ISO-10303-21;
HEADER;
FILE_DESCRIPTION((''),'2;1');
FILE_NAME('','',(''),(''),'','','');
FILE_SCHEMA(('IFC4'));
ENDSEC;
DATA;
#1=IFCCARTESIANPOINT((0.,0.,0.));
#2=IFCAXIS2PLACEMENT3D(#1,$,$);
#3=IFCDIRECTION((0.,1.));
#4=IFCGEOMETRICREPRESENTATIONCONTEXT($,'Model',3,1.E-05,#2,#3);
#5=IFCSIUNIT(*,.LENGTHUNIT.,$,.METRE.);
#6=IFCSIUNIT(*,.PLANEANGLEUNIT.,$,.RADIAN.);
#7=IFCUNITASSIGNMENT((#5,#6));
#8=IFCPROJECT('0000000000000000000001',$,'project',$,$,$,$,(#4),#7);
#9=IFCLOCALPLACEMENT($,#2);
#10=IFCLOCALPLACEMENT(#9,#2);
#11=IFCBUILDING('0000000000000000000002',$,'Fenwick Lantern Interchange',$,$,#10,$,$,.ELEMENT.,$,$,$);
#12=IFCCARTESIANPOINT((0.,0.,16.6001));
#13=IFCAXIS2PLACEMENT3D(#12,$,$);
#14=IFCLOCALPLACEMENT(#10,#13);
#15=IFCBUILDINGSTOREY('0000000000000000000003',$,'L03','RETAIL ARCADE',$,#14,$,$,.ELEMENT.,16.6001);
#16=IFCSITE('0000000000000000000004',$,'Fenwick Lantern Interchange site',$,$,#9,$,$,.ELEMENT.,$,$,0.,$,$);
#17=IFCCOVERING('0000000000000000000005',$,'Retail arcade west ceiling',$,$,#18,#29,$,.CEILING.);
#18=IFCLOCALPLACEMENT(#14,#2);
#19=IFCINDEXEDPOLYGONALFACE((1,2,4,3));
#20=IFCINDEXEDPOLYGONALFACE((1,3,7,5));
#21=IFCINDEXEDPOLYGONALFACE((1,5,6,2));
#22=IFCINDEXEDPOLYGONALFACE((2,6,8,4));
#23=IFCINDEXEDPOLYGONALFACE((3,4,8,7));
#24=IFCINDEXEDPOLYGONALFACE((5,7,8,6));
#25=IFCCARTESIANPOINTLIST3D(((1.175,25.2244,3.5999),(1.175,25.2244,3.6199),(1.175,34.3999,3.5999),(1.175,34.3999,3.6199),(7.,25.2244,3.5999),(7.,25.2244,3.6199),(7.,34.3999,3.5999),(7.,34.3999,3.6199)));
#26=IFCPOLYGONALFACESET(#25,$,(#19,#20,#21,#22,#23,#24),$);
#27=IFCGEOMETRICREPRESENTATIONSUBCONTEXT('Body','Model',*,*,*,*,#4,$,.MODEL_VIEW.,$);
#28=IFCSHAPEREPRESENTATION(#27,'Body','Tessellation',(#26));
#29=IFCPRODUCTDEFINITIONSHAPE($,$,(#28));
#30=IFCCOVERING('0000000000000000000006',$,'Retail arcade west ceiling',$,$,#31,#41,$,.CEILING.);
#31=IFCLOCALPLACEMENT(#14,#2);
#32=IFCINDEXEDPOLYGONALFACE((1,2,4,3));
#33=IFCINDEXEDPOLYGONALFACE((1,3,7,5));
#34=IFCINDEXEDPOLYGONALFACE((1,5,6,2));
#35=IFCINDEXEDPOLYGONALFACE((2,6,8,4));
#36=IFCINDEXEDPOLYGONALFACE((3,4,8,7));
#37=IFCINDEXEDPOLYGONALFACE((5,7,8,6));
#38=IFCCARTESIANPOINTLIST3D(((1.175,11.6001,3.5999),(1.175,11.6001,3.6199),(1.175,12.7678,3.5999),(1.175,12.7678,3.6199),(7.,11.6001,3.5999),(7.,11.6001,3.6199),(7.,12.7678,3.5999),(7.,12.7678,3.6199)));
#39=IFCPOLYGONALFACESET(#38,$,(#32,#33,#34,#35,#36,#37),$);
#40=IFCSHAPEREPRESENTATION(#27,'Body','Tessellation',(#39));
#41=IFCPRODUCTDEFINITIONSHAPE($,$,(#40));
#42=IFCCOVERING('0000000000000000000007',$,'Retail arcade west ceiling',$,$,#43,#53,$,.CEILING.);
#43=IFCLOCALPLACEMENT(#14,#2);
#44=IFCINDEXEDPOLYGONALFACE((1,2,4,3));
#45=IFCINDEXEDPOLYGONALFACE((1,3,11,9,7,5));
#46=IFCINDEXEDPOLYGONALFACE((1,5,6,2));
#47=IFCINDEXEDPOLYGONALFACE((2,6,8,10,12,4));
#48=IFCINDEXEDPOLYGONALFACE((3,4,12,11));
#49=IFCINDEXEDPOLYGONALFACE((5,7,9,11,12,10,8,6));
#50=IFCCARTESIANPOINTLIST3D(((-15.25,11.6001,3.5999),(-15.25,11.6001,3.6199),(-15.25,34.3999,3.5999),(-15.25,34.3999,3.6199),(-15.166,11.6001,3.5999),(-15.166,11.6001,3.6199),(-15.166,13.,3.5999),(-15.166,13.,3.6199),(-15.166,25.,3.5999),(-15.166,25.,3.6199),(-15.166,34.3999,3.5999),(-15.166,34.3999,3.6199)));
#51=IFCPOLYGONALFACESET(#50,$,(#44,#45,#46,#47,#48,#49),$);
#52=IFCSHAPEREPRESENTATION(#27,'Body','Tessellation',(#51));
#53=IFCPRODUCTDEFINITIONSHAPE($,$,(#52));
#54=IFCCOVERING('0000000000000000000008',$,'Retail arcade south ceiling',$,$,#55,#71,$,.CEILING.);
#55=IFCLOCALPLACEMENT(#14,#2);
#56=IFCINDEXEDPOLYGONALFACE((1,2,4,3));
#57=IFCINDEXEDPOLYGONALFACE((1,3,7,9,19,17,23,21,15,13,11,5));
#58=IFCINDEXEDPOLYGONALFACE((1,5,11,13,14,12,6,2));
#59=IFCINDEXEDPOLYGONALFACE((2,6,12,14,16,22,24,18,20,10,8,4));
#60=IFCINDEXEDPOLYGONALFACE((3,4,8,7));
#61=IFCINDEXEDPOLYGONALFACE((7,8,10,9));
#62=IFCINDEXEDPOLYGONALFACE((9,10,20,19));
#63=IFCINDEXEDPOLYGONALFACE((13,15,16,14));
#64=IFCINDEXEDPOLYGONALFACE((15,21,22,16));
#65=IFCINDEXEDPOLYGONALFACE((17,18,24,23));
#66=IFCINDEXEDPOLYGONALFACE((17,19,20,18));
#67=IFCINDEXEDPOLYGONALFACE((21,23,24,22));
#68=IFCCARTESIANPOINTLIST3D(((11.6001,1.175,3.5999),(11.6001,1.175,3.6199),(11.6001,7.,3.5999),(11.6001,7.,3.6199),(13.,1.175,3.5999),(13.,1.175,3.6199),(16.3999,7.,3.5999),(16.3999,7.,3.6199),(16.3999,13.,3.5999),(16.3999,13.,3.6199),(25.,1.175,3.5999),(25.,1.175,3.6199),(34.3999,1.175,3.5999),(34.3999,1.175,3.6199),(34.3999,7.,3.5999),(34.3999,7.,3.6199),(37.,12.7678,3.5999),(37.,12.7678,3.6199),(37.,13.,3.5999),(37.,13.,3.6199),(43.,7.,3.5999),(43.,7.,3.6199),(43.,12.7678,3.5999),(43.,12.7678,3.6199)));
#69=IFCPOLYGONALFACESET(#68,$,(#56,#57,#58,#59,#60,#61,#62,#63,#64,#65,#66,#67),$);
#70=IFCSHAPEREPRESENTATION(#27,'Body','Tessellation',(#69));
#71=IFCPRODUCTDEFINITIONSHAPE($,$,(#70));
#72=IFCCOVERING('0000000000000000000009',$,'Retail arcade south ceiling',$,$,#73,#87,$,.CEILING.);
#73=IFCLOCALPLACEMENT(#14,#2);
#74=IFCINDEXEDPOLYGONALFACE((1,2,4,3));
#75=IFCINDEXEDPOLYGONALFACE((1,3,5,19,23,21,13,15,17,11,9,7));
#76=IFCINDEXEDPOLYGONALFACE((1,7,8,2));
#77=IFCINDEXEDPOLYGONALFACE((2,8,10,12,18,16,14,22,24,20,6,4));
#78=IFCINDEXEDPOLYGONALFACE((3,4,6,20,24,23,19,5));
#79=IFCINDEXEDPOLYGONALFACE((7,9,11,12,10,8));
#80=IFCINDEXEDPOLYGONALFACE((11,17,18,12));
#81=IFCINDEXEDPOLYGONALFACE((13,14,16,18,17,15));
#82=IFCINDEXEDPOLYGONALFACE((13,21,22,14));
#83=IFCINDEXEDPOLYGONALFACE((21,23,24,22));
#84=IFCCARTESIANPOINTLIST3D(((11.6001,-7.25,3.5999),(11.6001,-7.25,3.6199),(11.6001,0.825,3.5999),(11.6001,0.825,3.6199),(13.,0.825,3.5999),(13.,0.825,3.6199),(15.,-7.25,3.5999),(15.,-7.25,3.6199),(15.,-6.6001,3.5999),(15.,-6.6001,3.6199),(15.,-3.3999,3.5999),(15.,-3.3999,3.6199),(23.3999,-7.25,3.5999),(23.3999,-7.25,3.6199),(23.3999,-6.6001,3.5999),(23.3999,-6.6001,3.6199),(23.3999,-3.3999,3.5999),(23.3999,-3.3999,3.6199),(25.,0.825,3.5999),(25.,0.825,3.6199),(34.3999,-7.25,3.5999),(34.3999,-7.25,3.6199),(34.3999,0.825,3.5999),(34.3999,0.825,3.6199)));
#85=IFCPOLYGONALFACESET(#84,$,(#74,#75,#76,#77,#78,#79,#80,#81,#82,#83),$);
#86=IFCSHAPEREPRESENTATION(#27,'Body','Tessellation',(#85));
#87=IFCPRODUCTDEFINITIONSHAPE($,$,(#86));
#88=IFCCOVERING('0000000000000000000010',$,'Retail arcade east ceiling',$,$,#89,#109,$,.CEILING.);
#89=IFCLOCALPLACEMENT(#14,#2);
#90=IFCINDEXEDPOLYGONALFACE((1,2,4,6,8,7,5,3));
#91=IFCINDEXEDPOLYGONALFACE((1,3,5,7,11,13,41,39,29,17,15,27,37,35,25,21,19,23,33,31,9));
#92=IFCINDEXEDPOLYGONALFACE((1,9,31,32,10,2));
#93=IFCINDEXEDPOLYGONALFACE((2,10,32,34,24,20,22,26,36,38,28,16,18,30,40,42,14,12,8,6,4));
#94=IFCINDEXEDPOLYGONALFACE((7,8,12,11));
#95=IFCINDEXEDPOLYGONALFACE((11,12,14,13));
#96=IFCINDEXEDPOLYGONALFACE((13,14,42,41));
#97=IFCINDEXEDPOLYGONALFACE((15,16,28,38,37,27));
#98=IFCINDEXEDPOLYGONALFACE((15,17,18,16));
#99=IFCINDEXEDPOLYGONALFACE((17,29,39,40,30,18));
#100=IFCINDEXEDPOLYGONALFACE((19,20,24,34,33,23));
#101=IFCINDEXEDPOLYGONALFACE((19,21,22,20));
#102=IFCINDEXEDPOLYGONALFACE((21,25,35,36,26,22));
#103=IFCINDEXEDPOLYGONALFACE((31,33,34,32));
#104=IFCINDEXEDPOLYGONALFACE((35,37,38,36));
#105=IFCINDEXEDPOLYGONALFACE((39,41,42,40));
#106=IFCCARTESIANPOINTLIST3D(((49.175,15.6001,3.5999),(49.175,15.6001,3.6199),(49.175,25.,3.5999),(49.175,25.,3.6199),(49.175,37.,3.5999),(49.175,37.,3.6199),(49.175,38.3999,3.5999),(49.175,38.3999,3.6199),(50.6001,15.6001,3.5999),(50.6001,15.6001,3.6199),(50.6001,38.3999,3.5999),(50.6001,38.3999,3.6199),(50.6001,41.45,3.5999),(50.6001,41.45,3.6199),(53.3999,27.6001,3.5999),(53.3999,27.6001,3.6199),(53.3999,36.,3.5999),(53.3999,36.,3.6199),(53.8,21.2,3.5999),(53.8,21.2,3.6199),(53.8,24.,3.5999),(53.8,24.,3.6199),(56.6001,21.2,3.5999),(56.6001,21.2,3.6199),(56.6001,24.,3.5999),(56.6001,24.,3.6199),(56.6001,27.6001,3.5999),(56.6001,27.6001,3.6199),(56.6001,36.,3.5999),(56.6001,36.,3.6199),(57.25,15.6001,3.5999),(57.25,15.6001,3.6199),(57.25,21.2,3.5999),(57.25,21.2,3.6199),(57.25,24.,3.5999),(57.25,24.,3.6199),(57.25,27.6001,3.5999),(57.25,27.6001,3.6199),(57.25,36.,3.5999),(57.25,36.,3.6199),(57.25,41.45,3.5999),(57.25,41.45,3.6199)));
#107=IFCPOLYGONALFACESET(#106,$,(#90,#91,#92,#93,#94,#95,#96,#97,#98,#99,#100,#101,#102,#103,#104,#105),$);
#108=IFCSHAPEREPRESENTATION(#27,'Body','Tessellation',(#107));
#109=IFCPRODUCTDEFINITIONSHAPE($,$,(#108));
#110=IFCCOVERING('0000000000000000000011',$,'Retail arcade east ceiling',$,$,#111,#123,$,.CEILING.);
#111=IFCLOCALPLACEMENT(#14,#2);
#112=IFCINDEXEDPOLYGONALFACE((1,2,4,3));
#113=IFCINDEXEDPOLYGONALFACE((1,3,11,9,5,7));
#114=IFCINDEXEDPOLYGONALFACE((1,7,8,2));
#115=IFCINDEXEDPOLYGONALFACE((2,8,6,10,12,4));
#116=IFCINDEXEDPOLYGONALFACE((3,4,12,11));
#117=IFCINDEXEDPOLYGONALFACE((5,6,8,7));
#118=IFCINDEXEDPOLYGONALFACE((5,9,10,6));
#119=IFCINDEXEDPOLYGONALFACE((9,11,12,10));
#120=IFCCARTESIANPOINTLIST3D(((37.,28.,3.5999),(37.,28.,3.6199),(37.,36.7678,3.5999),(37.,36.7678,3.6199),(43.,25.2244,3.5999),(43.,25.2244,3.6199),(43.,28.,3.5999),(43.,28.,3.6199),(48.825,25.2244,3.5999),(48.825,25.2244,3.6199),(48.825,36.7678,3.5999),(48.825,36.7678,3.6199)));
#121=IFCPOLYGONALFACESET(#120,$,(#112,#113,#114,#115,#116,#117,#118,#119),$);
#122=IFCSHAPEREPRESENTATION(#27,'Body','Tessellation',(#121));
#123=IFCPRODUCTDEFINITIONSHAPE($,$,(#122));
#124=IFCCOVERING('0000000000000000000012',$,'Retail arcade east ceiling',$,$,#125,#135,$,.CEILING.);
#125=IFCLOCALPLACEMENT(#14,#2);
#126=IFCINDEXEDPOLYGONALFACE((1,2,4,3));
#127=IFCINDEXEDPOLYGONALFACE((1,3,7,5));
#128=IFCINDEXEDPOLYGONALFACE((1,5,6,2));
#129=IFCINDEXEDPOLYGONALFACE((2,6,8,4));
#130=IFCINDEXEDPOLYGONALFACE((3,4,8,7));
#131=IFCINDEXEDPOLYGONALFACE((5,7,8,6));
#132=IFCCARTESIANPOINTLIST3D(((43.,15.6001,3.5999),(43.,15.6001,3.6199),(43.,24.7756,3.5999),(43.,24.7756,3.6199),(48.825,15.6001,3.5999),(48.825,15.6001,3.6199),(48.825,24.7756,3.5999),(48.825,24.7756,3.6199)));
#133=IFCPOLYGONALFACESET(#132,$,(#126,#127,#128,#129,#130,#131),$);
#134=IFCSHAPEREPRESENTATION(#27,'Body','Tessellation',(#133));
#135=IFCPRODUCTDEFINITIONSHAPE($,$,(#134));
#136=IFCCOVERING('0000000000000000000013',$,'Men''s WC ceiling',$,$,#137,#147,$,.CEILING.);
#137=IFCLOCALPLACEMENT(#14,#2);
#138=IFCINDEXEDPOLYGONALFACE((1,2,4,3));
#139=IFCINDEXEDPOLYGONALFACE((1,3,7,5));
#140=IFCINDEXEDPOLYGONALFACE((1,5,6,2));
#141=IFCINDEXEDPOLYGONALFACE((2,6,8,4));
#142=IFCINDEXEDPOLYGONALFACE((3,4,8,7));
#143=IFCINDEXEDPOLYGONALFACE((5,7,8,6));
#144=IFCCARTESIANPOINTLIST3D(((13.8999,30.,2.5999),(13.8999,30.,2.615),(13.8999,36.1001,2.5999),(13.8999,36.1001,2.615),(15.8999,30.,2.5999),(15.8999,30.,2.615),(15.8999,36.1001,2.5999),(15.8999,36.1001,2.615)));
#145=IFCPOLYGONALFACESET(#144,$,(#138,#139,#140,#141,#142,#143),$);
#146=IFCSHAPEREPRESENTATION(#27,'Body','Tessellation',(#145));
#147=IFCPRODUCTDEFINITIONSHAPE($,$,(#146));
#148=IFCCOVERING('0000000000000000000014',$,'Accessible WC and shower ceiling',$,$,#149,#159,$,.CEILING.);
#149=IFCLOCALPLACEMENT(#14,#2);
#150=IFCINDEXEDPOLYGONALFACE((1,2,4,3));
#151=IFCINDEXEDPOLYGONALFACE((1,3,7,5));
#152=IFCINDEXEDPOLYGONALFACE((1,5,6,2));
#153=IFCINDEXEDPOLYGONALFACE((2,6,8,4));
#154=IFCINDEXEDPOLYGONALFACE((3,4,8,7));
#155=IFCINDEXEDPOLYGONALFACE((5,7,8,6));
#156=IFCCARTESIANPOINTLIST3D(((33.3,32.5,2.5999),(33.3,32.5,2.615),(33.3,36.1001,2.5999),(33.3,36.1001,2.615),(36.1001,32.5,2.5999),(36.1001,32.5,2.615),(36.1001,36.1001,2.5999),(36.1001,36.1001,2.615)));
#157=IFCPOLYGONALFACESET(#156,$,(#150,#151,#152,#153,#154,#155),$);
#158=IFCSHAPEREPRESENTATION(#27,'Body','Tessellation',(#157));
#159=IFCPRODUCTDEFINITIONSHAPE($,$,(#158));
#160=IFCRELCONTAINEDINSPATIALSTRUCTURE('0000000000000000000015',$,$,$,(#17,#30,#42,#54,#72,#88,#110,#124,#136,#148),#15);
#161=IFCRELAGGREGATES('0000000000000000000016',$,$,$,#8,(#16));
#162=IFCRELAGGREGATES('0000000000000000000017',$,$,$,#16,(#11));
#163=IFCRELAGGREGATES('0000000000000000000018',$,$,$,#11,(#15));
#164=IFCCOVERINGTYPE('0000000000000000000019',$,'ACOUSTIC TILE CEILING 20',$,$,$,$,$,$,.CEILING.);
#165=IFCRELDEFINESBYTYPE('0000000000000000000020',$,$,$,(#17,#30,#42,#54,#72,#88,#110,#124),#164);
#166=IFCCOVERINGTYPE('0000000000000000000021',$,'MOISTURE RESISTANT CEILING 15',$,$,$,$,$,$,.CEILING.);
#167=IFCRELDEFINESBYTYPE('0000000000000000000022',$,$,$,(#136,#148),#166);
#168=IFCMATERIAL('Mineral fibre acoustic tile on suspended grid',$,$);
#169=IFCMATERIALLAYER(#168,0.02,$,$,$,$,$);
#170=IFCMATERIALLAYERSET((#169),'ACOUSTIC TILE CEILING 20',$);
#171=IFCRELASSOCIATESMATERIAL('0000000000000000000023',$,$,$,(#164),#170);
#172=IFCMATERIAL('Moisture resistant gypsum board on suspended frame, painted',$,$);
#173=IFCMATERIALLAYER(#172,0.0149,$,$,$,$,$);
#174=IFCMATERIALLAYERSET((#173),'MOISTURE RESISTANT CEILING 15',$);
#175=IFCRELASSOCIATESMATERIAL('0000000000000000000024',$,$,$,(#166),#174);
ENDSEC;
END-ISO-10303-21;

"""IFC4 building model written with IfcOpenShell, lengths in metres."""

from ifc_helpers import new_model, si_unit, direction, frame, origin, place, context, subcontext, project, spatial, polyline, outline, extrude, material, layer, layer_set, type_object, element, save


model = new_model("IFC4")

# Units and contexts
model_context = context("Model", 3, precision=1e-05, world=origin(), true_north=direction((0.0, 1.0)))
body_context = subcontext(model_context, "Body", "Model", "MODEL_VIEW")
ifc_project = project(units=[si_unit("LENGTHUNIT", "METRE"), si_unit("PLANEANGLEUNIT", "RADIAN")], contexts=[model_context])

# Site, building, storey
site_placement = place(None, origin())
site = spatial("IfcSite", under=ifc_project, at=site_placement, Name="Fenwick Lantern Interchange site", CompositionType="ELEMENT", RefElevation=0.0)
building_placement = place(site_placement, origin())
building = spatial("IfcBuilding", under=site, at=building_placement, Name="Fenwick Lantern Interchange", CompositionType="ELEMENT")
storey_placement = place(building_placement, frame((0.0, 0.0, 16.6001)))
storey = spatial("IfcBuildingStorey", under=building, at=storey_placement, Name="L03", Description="RETAIL ARCADE", CompositionType="ELEMENT", Elevation=16.6001)

# Coverings
ifc_material_1 = material(Name="Mineral fibre acoustic tile on suspended grid")
ifc_layer_1 = layer(ifc_material_1, 0.02)
ifc_layer_set_1 = layer_set([ifc_layer_1], Name="ACOUSTIC TILE CEILING 20")
covering_type_1 = type_object("IfcCoveringType", Name="ACOUSTIC TILE CEILING 20", PredefinedType="CEILING", material=ifc_layer_set_1)
covering_1_placement = place(storey_placement, frame((0.0, 0.0, 3.5999)))
element("IfcCovering", 1, at=covering_1_placement, inside=storey, type_object=covering_type_1, Name="Retail arcade west ceiling", PredefinedType="CEILING", context=body_context, shape_type="SweptSolid", body=[
    extrude(outline(polyline([(7.0, 34.3999), (1.175, 34.3999), (1.175, 25.2244), (7.0, 25.2244), (7.0, 34.3999)])), origin(), (0.0, 0.0, 1.0), 0.02),
])
covering_2_placement = place(storey_placement, frame((0.0, 0.0, 3.5999)))
element("IfcCovering", 2, at=covering_2_placement, inside=storey, type_object=covering_type_1, Name="Retail arcade west ceiling", PredefinedType="CEILING", context=body_context, shape_type="SweptSolid", body=[
    extrude(outline(polyline([(7.0, 11.6001), (7.0, 12.7678), (1.175, 12.7678), (1.175, 11.6001), (7.0, 11.6001)])), origin(), (0.0, 0.0, 1.0), 0.02),
])
covering_3_placement = place(storey_placement, frame((0.0, 0.0, 3.5999)))
element("IfcCovering", 3, at=covering_3_placement, inside=storey, type_object=covering_type_1, Name="Retail arcade west ceiling", PredefinedType="CEILING", context=body_context, shape_type="SweptSolid", body=[
    extrude(outline(polyline([(-15.166, 34.3999), (-15.25, 34.3999), (-15.25, 11.6001), (-15.166, 11.6001), (-15.166, 13.0), (-15.166, 25.0), (-15.166, 34.3999)])), origin(), (0.0, 0.0, 1.0), 0.02),
])
covering_4_placement = place(storey_placement, frame((0.0, 0.0, 3.5999)))
element("IfcCovering", 4, at=covering_4_placement, inside=storey, type_object=covering_type_1, Name="Retail arcade south ceiling", PredefinedType="CEILING", context=body_context, shape_type="SweptSolid", body=[
    extrude(outline(polyline([(11.6001, 7.0), (11.6001, 1.175), (13.0, 1.175), (25.0, 1.175), (34.3999, 1.175), (34.3999, 7.0), (43.0, 7.0), (43.0, 12.7678), (37.0, 12.7678), (37.0, 13.0), (16.3999, 13.0), (16.3999, 7.0), (11.6001, 7.0)])), origin(), (0.0, 0.0, 1.0), 0.02),
])
covering_5_placement = place(storey_placement, frame((0.0, 0.0, 3.5999)))
element("IfcCovering", 5, at=covering_5_placement, inside=storey, type_object=covering_type_1, Name="Retail arcade south ceiling", PredefinedType="CEILING", context=body_context, shape_type="SweptSolid", body=[
    extrude(outline(polyline([(11.6001, 0.825), (11.6001, -7.25), (15.0, -7.25), (15.0, -6.6001), (15.0, -3.3999), (23.3999, -3.3999), (23.3999, -6.6001), (23.3999, -7.25), (34.3999, -7.25), (34.3999, 0.825), (25.0, 0.825), (13.0, 0.825), (11.6001, 0.825)])), origin(), (0.0, 0.0, 1.0), 0.02),
])
covering_6_placement = place(storey_placement, frame((0.0, 0.0, 3.5999)))
element("IfcCovering", 6, at=covering_6_placement, inside=storey, type_object=covering_type_1, Name="Retail arcade east ceiling", PredefinedType="CEILING", context=body_context, shape_type="SweptSolid", body=[
    extrude(outline(polyline([(50.6001, 15.6001), (57.25, 15.6001), (57.25, 21.2), (56.6001, 21.2), (53.8, 21.2), (53.8, 24.0), (56.6001, 24.0), (57.25, 24.0), (57.25, 27.6001), (56.6001, 27.6001), (53.3999, 27.6001), (53.3999, 36.0), (56.6001, 36.0), (57.25, 36.0), (57.25, 41.45), (50.6001, 41.45), (50.6001, 38.3999), (49.175, 38.3999), (49.175, 37.0), (49.175, 25.0), (49.175, 15.6001), (50.6001, 15.6001)])), origin(), (0.0, 0.0, 1.0), 0.02),
])
covering_7_placement = place(storey_placement, frame((0.0, 0.0, 3.5999)))
element("IfcCovering", 7, at=covering_7_placement, inside=storey, type_object=covering_type_1, Name="Retail arcade east ceiling", PredefinedType="CEILING", context=body_context, shape_type="SweptSolid", body=[
    extrude(outline(polyline([(43.0, 28.0), (43.0, 25.2244), (48.825, 25.2244), (48.825, 36.7678), (37.0, 36.7678), (37.0, 28.0), (43.0, 28.0)])), origin(), (0.0, 0.0, 1.0), 0.02),
])
covering_8_placement = place(storey_placement, frame((0.0, 0.0, 3.5999)))
element("IfcCovering", 8, at=covering_8_placement, inside=storey, type_object=covering_type_1, Name="Retail arcade east ceiling", PredefinedType="CEILING", context=body_context, shape_type="SweptSolid", body=[
    extrude(outline(polyline([(43.0, 15.6001), (48.825, 15.6001), (48.825, 24.7756), (43.0, 24.7756), (43.0, 15.6001)])), origin(), (0.0, 0.0, 1.0), 0.02),
])
ifc_material_2 = material(Name="Moisture resistant gypsum board on suspended frame, painted")
ifc_layer_2 = layer(ifc_material_2, 0.0149)
ifc_layer_set_2 = layer_set([ifc_layer_2], Name="MOISTURE RESISTANT CEILING 15")
covering_type_2 = type_object("IfcCoveringType", Name="MOISTURE RESISTANT CEILING 15", PredefinedType="CEILING", material=ifc_layer_set_2)
covering_9_placement = place(storey_placement, frame((0.0, 0.0, 2.5999)))
element("IfcCovering", 9, at=covering_9_placement, inside=storey, type_object=covering_type_2, Name="Men's WC ceiling", PredefinedType="CEILING", context=body_context, shape_type="SweptSolid", body=[
    extrude(outline(polyline([(15.8999, 36.1001), (13.8999, 36.1001), (13.8999, 30.0), (15.8999, 30.0), (15.8999, 36.1001)])), origin(), (0.0, 0.0, 1.0), 0.0151),
])
covering_10_placement = place(storey_placement, frame((0.0, 0.0, 2.5999)))
element("IfcCovering", 10, at=covering_10_placement, inside=storey, type_object=covering_type_2, Name="Accessible WC and shower ceiling", PredefinedType="CEILING", context=body_context, shape_type="SweptSolid", body=[
    extrude(outline(polyline([(36.1001, 36.1001), (33.3, 36.1001), (33.3, 32.5), (36.1001, 32.5), (36.1001, 36.1001)])), origin(), (0.0, 0.0, 1.0), 0.0151),
])

save(model, "model.ifc")
